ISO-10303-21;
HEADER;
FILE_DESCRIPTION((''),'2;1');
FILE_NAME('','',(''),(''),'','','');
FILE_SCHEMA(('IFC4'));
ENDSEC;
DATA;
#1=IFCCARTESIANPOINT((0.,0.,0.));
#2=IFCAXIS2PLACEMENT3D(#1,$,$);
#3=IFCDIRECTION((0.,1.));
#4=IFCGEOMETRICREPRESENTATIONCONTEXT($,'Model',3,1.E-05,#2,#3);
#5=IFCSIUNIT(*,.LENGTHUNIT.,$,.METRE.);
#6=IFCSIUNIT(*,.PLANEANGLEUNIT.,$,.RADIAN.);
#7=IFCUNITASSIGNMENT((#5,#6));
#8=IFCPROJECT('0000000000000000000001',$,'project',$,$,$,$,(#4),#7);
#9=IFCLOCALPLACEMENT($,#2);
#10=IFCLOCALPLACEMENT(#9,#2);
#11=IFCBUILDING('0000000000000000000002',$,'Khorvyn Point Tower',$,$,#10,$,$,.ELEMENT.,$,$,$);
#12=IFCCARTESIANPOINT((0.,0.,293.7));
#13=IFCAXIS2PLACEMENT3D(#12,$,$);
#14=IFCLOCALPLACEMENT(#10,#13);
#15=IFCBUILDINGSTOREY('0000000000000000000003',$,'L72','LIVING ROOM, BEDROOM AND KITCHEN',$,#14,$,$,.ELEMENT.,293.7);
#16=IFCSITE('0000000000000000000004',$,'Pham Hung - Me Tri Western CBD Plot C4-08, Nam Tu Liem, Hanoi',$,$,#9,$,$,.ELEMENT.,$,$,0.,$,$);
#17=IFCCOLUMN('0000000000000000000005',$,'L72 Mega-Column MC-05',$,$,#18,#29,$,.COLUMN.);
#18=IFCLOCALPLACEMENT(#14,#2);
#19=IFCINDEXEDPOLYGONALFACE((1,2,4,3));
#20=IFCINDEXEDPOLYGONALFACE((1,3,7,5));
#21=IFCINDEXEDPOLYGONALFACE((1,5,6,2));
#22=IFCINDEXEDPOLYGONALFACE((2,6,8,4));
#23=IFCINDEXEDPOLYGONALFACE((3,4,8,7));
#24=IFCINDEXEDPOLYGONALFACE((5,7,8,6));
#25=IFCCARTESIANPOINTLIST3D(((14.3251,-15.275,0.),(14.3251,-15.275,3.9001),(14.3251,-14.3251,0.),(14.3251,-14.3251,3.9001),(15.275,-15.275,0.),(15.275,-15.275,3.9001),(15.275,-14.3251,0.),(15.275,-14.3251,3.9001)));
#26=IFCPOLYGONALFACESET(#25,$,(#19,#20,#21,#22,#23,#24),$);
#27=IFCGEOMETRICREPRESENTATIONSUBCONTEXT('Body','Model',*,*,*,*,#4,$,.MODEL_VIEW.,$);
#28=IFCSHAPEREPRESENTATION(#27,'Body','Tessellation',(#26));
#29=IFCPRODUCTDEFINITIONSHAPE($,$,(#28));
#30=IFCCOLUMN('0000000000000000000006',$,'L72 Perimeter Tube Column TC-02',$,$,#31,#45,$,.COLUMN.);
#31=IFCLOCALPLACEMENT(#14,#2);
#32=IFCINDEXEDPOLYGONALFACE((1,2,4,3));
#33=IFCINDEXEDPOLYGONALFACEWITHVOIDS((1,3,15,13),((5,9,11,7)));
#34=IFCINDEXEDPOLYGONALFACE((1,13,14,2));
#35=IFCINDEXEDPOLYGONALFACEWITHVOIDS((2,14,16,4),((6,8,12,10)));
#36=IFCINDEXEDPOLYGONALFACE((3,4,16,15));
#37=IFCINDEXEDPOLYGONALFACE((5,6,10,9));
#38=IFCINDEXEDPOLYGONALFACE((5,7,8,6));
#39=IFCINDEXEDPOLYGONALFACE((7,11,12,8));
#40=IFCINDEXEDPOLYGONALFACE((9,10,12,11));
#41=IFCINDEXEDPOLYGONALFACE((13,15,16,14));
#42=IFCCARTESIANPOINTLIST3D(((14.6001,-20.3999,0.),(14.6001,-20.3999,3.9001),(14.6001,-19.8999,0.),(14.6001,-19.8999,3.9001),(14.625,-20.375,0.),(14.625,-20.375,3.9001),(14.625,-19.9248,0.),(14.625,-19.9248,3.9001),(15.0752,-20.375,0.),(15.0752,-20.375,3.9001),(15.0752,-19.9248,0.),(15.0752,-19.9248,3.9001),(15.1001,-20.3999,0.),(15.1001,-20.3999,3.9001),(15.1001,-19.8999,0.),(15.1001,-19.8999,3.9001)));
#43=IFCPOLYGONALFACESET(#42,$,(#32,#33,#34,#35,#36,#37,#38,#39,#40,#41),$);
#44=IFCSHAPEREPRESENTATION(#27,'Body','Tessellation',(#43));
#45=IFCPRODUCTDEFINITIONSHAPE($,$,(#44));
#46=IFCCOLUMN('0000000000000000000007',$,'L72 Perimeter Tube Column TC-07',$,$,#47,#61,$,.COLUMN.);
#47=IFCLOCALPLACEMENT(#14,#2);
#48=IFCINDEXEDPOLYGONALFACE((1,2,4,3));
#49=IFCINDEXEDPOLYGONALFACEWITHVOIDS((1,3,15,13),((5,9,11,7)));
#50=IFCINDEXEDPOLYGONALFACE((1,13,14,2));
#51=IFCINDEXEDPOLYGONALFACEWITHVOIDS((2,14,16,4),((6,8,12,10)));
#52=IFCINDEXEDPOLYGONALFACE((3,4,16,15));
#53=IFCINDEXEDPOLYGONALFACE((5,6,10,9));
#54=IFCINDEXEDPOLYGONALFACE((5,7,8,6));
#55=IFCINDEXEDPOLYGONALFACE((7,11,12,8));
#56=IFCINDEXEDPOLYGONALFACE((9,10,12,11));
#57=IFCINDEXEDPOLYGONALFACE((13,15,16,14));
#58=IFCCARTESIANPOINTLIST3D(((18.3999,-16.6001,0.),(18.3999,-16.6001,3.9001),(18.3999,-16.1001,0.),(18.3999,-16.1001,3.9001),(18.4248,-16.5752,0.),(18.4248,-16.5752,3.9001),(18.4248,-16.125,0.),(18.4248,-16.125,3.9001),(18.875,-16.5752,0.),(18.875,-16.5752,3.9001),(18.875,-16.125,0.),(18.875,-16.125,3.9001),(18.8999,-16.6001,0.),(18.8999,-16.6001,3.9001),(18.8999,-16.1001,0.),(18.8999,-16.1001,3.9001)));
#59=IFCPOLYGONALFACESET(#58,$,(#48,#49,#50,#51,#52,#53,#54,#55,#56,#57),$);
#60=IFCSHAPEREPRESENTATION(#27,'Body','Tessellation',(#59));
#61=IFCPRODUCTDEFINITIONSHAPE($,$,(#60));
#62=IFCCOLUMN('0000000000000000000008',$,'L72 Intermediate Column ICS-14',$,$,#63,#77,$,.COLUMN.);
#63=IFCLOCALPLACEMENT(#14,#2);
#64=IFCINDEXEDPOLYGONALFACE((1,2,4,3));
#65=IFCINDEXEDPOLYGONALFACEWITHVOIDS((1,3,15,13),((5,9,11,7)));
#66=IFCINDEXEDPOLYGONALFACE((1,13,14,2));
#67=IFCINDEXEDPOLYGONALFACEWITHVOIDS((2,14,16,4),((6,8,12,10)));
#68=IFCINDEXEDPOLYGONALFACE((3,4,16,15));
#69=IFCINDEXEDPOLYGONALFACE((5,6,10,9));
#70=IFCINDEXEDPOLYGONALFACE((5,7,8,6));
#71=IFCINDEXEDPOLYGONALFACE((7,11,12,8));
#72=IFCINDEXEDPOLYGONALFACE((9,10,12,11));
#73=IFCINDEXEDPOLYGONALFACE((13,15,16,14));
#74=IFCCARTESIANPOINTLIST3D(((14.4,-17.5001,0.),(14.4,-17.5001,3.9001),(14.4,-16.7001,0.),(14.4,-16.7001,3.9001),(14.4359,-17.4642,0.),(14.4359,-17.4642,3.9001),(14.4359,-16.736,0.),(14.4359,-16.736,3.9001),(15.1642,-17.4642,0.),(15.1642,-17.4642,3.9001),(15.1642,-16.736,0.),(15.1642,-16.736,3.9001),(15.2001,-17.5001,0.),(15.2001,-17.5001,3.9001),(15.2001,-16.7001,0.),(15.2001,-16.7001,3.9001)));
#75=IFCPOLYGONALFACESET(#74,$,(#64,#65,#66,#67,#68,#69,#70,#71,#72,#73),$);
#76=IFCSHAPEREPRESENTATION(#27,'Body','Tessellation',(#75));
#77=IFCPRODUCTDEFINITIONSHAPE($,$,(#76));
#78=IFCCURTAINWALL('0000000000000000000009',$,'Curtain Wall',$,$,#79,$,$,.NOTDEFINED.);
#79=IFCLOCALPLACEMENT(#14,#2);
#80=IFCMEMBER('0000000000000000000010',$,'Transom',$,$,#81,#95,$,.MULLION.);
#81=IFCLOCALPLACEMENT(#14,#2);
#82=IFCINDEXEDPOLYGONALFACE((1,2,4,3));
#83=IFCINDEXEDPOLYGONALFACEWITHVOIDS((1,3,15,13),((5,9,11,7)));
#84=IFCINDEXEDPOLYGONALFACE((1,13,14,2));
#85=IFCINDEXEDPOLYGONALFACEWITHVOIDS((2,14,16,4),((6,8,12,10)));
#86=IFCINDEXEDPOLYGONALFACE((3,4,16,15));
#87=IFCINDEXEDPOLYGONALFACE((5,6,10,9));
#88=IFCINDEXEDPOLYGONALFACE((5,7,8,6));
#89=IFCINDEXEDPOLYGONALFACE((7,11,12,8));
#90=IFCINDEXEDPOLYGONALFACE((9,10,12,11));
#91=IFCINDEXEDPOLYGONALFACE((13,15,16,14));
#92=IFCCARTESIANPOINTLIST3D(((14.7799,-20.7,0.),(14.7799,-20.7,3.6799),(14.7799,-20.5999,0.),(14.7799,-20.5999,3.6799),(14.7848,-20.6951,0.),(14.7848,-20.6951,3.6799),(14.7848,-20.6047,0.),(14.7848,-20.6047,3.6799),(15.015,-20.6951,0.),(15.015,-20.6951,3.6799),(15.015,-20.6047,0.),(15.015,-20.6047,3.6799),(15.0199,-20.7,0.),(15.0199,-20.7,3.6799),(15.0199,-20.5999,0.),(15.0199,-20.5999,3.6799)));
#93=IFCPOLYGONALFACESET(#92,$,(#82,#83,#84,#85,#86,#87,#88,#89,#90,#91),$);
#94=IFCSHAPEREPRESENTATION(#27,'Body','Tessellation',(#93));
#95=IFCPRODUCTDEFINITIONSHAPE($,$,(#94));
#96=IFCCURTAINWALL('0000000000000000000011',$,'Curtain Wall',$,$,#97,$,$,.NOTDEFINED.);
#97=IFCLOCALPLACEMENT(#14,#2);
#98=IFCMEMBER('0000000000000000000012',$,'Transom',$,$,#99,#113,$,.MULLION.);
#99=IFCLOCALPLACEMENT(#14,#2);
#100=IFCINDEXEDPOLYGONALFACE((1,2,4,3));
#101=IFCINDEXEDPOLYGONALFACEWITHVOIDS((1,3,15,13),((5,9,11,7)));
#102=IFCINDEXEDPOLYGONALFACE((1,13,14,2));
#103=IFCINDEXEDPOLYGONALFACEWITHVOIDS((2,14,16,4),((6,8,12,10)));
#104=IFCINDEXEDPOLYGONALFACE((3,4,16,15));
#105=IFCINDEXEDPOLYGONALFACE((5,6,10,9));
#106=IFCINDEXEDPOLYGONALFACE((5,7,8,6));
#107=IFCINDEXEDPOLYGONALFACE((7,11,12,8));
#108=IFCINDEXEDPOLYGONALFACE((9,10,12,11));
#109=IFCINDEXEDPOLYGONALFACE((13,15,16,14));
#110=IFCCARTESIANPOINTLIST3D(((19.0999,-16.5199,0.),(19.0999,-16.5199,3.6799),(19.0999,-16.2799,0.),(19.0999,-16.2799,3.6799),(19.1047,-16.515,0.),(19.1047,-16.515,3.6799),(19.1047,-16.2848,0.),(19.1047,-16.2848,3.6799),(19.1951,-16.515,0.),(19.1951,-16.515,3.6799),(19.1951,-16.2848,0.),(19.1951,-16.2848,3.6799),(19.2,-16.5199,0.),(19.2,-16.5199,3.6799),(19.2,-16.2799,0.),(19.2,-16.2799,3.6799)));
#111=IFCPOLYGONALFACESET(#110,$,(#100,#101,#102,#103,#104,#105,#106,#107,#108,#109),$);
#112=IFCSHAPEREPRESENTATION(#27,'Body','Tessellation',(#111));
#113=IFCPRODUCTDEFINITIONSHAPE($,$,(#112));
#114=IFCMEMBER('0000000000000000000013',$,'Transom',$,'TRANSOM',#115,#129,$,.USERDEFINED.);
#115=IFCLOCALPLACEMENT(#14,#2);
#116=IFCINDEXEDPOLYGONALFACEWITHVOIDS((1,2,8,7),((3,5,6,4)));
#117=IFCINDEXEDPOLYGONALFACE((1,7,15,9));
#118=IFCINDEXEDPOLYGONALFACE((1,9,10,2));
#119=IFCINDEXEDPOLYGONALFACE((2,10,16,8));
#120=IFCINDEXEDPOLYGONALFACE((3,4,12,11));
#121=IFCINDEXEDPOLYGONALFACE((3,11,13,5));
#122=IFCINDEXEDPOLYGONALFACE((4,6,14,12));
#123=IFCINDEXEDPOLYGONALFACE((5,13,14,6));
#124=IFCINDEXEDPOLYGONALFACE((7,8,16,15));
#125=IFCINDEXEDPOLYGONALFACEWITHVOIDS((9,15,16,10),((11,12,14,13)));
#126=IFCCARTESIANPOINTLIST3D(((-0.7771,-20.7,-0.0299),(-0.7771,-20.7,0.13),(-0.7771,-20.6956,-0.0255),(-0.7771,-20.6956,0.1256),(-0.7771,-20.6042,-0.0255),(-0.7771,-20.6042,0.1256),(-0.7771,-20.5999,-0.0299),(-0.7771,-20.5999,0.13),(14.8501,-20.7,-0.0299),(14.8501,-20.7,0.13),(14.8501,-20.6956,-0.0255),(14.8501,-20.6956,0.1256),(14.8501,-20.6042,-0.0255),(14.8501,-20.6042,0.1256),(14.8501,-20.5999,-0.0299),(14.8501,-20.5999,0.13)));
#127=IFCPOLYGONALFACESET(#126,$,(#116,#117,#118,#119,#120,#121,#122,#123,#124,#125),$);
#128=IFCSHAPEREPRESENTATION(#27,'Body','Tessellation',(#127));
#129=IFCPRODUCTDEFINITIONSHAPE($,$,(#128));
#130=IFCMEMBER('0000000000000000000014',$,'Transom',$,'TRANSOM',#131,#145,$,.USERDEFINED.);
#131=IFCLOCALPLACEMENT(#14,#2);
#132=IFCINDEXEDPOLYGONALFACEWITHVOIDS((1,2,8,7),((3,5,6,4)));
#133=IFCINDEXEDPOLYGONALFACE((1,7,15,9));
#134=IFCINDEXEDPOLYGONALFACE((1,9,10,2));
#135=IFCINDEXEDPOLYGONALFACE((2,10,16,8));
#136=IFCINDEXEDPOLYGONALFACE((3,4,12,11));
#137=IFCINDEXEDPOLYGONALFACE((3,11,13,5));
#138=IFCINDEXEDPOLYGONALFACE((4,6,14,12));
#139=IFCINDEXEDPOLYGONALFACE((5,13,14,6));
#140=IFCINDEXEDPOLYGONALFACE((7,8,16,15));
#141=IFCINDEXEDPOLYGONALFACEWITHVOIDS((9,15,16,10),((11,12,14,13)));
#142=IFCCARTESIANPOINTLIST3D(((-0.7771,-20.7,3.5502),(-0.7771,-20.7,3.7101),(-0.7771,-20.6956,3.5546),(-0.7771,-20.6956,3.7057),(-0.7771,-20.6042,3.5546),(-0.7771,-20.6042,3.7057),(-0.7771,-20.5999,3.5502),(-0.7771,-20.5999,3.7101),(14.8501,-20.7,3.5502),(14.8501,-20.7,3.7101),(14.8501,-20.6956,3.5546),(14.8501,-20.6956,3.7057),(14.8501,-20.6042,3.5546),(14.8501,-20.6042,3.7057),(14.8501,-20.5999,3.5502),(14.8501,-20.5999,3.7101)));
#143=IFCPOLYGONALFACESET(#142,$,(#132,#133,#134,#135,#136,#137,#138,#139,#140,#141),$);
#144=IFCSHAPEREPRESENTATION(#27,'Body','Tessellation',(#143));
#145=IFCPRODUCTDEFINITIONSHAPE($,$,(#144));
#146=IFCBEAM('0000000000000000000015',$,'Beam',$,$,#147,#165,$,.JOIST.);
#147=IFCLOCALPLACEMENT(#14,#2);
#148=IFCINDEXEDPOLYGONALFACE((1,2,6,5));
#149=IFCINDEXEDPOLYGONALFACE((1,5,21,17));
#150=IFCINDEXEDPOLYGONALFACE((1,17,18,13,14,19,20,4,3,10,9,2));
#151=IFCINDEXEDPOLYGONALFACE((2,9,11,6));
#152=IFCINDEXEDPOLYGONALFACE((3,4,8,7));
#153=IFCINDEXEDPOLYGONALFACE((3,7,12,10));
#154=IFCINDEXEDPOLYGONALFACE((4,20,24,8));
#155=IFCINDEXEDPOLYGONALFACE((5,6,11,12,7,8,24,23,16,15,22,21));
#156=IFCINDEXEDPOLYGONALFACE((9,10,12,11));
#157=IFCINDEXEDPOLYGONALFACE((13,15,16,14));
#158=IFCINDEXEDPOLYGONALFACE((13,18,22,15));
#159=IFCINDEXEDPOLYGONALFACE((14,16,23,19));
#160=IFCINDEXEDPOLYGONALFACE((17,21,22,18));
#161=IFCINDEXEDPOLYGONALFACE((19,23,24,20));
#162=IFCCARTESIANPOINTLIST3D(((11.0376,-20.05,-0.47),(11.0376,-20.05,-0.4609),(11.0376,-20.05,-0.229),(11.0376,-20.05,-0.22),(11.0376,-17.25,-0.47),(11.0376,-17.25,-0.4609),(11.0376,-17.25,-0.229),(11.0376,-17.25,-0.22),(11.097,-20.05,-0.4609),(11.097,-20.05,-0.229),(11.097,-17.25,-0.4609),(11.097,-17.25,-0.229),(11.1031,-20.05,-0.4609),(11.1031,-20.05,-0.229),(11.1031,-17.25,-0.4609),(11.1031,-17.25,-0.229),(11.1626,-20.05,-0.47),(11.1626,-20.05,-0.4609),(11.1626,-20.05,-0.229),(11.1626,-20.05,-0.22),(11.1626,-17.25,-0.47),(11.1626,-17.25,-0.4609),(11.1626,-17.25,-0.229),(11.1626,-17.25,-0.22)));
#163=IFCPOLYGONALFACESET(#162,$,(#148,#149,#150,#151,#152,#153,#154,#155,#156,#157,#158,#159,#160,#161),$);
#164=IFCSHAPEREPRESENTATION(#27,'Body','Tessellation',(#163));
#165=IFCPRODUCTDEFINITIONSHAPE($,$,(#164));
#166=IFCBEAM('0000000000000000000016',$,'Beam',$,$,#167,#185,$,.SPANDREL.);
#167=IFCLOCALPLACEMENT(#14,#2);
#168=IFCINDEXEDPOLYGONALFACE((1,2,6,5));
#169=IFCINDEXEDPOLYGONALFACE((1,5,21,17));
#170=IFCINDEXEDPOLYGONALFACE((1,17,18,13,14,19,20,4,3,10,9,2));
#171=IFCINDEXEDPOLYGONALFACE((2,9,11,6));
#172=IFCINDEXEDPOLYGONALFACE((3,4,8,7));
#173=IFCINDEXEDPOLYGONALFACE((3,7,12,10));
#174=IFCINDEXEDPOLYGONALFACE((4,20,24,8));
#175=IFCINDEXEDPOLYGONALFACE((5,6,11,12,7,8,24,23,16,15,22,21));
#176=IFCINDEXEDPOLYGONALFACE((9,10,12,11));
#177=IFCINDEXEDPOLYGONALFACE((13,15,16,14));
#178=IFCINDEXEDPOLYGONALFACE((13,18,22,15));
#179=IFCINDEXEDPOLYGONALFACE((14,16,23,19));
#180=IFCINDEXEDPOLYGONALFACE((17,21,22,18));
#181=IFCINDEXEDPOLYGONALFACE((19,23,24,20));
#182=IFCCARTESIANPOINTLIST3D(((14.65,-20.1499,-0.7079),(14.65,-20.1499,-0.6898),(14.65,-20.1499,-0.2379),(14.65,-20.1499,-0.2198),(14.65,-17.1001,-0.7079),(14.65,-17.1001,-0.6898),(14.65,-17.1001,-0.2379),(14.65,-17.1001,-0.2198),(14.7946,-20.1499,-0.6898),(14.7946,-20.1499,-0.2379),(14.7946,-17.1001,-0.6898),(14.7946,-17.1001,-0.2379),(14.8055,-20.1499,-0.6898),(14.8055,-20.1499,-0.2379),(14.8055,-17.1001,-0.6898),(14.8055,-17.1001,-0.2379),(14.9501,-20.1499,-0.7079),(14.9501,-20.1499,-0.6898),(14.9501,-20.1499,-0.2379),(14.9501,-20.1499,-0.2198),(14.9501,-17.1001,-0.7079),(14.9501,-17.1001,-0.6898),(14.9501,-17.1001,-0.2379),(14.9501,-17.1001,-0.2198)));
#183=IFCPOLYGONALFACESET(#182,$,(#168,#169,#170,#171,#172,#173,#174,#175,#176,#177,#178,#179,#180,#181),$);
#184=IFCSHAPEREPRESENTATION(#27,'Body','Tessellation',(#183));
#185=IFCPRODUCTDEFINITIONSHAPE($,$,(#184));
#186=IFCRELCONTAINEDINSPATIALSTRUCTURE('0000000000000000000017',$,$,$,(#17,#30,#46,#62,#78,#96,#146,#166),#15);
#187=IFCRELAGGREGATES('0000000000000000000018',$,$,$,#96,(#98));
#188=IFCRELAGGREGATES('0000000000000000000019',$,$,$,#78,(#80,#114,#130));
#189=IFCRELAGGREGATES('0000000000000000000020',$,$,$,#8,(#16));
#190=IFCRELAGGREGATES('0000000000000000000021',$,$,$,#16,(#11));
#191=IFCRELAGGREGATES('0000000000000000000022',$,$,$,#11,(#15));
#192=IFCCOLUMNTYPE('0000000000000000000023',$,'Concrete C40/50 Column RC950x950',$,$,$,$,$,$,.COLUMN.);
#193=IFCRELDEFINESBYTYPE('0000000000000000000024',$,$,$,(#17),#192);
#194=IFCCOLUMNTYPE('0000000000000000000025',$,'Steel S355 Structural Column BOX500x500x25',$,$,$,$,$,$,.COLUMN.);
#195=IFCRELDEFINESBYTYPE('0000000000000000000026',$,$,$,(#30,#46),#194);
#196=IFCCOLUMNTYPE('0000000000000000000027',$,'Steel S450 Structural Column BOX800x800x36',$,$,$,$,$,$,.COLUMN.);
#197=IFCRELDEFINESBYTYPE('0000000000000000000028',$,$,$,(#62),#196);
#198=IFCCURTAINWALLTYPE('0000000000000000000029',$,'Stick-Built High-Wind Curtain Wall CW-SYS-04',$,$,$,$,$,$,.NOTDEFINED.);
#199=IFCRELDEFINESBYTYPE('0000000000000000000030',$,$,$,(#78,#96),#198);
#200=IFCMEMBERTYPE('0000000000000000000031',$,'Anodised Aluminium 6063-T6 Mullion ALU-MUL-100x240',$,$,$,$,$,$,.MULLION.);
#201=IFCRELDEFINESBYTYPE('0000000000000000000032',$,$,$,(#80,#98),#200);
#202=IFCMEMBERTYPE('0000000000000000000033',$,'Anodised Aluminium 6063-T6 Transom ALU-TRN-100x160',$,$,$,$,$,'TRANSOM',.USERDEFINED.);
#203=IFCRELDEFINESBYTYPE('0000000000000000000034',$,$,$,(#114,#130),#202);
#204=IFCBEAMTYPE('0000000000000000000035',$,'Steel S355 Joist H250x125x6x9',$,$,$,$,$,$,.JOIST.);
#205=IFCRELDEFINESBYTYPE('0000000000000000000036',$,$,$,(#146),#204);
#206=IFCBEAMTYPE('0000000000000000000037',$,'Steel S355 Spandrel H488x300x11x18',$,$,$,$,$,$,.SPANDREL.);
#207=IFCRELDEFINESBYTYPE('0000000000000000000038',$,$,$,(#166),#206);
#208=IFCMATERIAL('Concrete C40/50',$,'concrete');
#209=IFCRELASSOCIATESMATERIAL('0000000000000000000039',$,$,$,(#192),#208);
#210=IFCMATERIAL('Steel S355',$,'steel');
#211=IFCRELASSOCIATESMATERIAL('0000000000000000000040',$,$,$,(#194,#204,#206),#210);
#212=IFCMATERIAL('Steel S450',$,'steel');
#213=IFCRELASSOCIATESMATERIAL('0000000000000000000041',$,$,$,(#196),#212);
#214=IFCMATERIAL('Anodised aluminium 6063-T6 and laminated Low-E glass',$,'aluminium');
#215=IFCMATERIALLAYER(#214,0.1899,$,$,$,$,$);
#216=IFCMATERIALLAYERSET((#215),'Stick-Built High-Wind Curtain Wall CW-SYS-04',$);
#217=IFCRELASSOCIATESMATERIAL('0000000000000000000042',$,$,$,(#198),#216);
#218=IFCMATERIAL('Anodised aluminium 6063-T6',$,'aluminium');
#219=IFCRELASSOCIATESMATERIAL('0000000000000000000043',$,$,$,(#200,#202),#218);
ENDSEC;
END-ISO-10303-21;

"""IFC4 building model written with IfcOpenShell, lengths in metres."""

from ifc_helpers import new_model, si_unit, direction, frame, origin, origin_2d, place, context, subcontext, project, spatial, rectangle, hollow_rectangle, i_section, extrude, material, layer, layer_set, material_profile, profile_set, type_object, element, aggregate, save


model = new_model("IFC4")

# Units and contexts
model_context = context("Model", 3, precision=1e-05, world=origin(), true_north=direction((0.0, 1.0)))
body_context = subcontext(model_context, "Body", "Model", "MODEL_VIEW")
ifc_project = project(units=[si_unit("LENGTHUNIT", "METRE"), si_unit("PLANEANGLEUNIT", "RADIAN")], contexts=[model_context])

# Site, building, storey
site_placement = place(None, origin())
site = spatial("IfcSite", under=ifc_project, at=site_placement, Name="Pham Hung - Me Tri Western CBD Plot C4-08, Nam Tu Liem, Hanoi", CompositionType="ELEMENT", RefElevation=0.0)
building_placement = place(site_placement, origin())
building = spatial("IfcBuilding", under=site, at=building_placement, Name="Khorvyn Point Tower", CompositionType="ELEMENT")
storey_placement = place(building_placement, frame((0.0, 0.0, 293.7)))
storey = spatial("IfcBuildingStorey", under=building, at=storey_placement, Name="L72", Description="LIVING ROOM, BEDROOM AND KITCHEN", CompositionType="ELEMENT", Elevation=293.7)

# Columns
ifc_material_1 = material(Name="Concrete C40/50", Category="concrete")
ifc_material_profile_1 = material_profile(ifc_material_1, rectangle(XDim=0.95, YDim=0.95, at=origin_2d()))
ifc_profile_set_1 = profile_set([ifc_material_profile_1], Name="Concrete C40/50 RC950x950")
column_type_1 = type_object("IfcColumnType", Name="Concrete C40/50 Column RC950x950", PredefinedType="COLUMN", material=ifc_profile_set_1)
column_1_placement = place(storey_placement, frame((14.8, -14.8, 0.0), z_axis=(0.0, 0.0, 1.0), x_axis=(1.0, 0.0, 0.0)))
element("IfcColumn", 1, at=column_1_placement, inside=storey, type_object=column_type_1, Name="L72 Mega-Column MC-05", PredefinedType="COLUMN", context=body_context, shape_type="SweptSolid", body=[
    extrude(rectangle(XDim=0.95, YDim=0.95, at=origin_2d()), origin(), (0.0, 0.0, 1.0), 3.9001),
])
ifc_material_2 = material(Name="Steel S355", Category="steel")
ifc_material_profile_2 = material_profile(ifc_material_2, hollow_rectangle(XDim=0.5, YDim=0.5, WallThickness=0.0249, at=origin_2d()))
ifc_profile_set_2 = profile_set([ifc_material_profile_2], Name="Steel S355 BOX500x500x25")
column_type_2 = type_object("IfcColumnType", Name="Steel S355 Structural Column BOX500x500x25", PredefinedType="COLUMN", material=ifc_profile_set_2)
for number, where, z_axis, x_axis, name in (
    (2, (14.8501, -20.1499, 0.0), (0.0, 0.0, 1.0), (1.0, 0.0, 0.0), "L72 Perimeter Tube Column TC-02"),
    (3, (18.6499, -16.3501, 0.0), (0.0, 0.0, 1.0), (1.0, 0.0, 0.0), "L72 Perimeter Tube Column TC-07"),
):
    element("IfcColumn", number, at=place(storey_placement, frame(where, z_axis=z_axis, x_axis=x_axis)), inside=storey, type_object=column_type_2, Name=name, PredefinedType="COLUMN", context=body_context, shape_type="SweptSolid", body=[
        extrude(hollow_rectangle(XDim=0.5, YDim=0.5, WallThickness=0.0249, at=origin_2d()), origin(), (0.0, 0.0, 1.0), 3.9001),
    ])
ifc_material_3 = material(Name="Steel S450", Category="steel")
ifc_material_profile_3 = material_profile(ifc_material_3, hollow_rectangle(XDim=0.8, YDim=0.8, WallThickness=0.0359, at=origin_2d()))
ifc_profile_set_3 = profile_set([ifc_material_profile_3], Name="Steel S450 BOX800x800x36")
column_type_3 = type_object("IfcColumnType", Name="Steel S450 Structural Column BOX800x800x36", PredefinedType="COLUMN", material=ifc_profile_set_3)
column_2_placement = place(storey_placement, frame((14.8, -17.1001, 0.0), z_axis=(0.0, 0.0, 1.0), x_axis=(1.0, 0.0, 0.0)))
element("IfcColumn", 4, at=column_2_placement, inside=storey, type_object=column_type_3, Name="L72 Intermediate Column ICS-14", PredefinedType="COLUMN", context=body_context, shape_type="SweptSolid", body=[
    extrude(hollow_rectangle(XDim=0.8, YDim=0.8, WallThickness=0.0359, at=origin_2d()), origin(), (0.0, 0.0, 1.0), 3.9001),
])

# Curtain walls, members
ifc_material_4 = material(Name="Anodised aluminium 6063-T6 and laminated Low-E glass", Category="aluminium")
ifc_layer_1 = layer(ifc_material_4, 0.1899)
ifc_layer_set_1 = layer_set([ifc_layer_1], Name="Stick-Built High-Wind Curtain Wall CW-SYS-04")
curtain_wall_type = type_object("IfcCurtainWallType", Name="Stick-Built High-Wind Curtain Wall CW-SYS-04", PredefinedType="NOTDEFINED", material=ifc_layer_set_1)
curtain_wall_1_placement = place(storey_placement, origin())
curtain_wall_1 = element("IfcCurtainWall", 5, at=curtain_wall_1_placement, inside=storey, type_object=curtain_wall_type, Name="Curtain Wall", PredefinedType="NOTDEFINED")
ifc_material_5 = material(Name="Anodised aluminium 6063-T6", Category="aluminium")
ifc_material_profile_4 = material_profile(ifc_material_5, hollow_rectangle(XDim=0.1001, YDim=0.24, WallThickness=0.0049, at=origin_2d()))
ifc_profile_set_4 = profile_set([ifc_material_profile_4], Name="Anodised aluminium 6063-T6 ALU-MUL-100x240")
member_type_1 = type_object("IfcMemberType", Name="Anodised Aluminium 6063-T6 Mullion ALU-MUL-100x240", PredefinedType="MULLION", material=ifc_profile_set_4)
member_1_placement = place(storey_placement, frame((14.8999, -20.6499, 0.0), z_axis=(0.0, 0.0, 1.0), x_axis=(0.0, -1.0, 0.0)))
member_1 = element("IfcMember", 6, at=member_1_placement, type_object=member_type_1, Name="Transom", PredefinedType="MULLION", context=body_context, shape_type="SweptSolid", body=[
    extrude(hollow_rectangle(XDim=0.1001, YDim=0.24, WallThickness=0.0049, at=origin_2d()), origin(), (0.0, 0.0, 1.0), 3.6799),
])
curtain_wall_2_placement = place(storey_placement, origin())
curtain_wall_2 = element("IfcCurtainWall", 7, at=curtain_wall_2_placement, inside=storey, type_object=curtain_wall_type, Name="Curtain Wall", PredefinedType="NOTDEFINED")
member_2_placement = place(storey_placement, frame((19.1499, -16.3999, 0.0), z_axis=(0.0, 0.0, 1.0), x_axis=(1.0, 0.0, 0.0)))
member_2 = element("IfcMember", 8, at=member_2_placement, type_object=member_type_1, Name="Transom", PredefinedType="MULLION", context=body_context, shape_type="SweptSolid", body=[
    extrude(hollow_rectangle(XDim=0.1001, YDim=0.24, WallThickness=0.0049, at=origin_2d()), origin(), (0.0, 0.0, 1.0), 3.6799),
])
aggregate(curtain_wall_2, [member_2])

# Members
ifc_material_profile_5 = material_profile(ifc_material_5, hollow_rectangle(XDim=0.1001, YDim=0.1599, WallThickness=0.0044, at=origin_2d()))
ifc_profile_set_5 = profile_set([ifc_material_profile_5], Name="Anodised aluminium 6063-T6 ALU-TRN-100x160")
member_type_2 = type_object("IfcMemberType", Name="Anodised Aluminium 6063-T6 Transom ALU-TRN-100x160", ElementType="TRANSOM", PredefinedType="USERDEFINED", material=ifc_profile_set_5)
member_3_placement = place(storey_placement, frame((14.8501, -20.6499, 0.05), z_axis=(-1.0, 0.0, 0.0), x_axis=(0.0, -1.0, 0.0)))
member_3 = element("IfcMember", 9, at=member_3_placement, type_object=member_type_2, Name="Transom", ObjectType="TRANSOM", PredefinedType="USERDEFINED", context=body_context, shape_type="SweptSolid", body=[
    extrude(hollow_rectangle(XDim=0.1001, YDim=0.1599, WallThickness=0.0044, at=origin_2d()), origin(), (0.0, 0.0, 1.0), 15.6272),
])
member_4_placement = place(storey_placement, frame((14.8501, -20.6499, 3.6301), z_axis=(-1.0, 0.0, 0.0), x_axis=(0.0, -1.0, 0.0)))
member_4 = element("IfcMember", 10, at=member_4_placement, type_object=member_type_2, Name="Transom", ObjectType="TRANSOM", PredefinedType="USERDEFINED", context=body_context, shape_type="SweptSolid", body=[
    extrude(hollow_rectangle(XDim=0.1001, YDim=0.1599, WallThickness=0.0044, at=origin_2d()), origin(), (0.0, 0.0, 1.0), 15.6272),
])

# Beams
ifc_material_profile_6 = material_profile(ifc_material_2, i_section(OverallWidth=0.125, OverallDepth=0.25, WebThickness=0.0061, FlangeThickness=0.009, at=origin_2d()))
ifc_profile_set_6 = profile_set([ifc_material_profile_6], Name="Steel S355 H250x125x6x9")
beam_type_1 = type_object("IfcBeamType", Name="Steel S355 Joist H250x125x6x9", PredefinedType="JOIST", material=ifc_profile_set_6)
beam_1_placement = place(storey_placement, frame((11.1001, -20.05, -0.345), z_axis=(0.0, 1.0, 0.0), x_axis=(-1.0, 0.0, 0.0)))
element("IfcBeam", 11, at=beam_1_placement, inside=storey, type_object=beam_type_1, Name="Beam", PredefinedType="JOIST", context=body_context, shape_type="SweptSolid", body=[
    extrude(i_section(OverallWidth=0.125, OverallDepth=0.25, WebThickness=0.0061, FlangeThickness=0.009, at=origin_2d()), origin(), (0.0, 0.0, 1.0), 2.8),
])
ifc_material_profile_7 = material_profile(ifc_material_2, i_section(OverallWidth=0.3, OverallDepth=0.488, WebThickness=0.011, FlangeThickness=0.0181, at=origin_2d()))
ifc_profile_set_7 = profile_set([ifc_material_profile_7], Name="Steel S355 H488x300x11x18")
beam_type_2 = type_object("IfcBeamType", Name="Steel S355 Spandrel H488x300x11x18", PredefinedType="SPANDREL", material=ifc_profile_set_7)
beam_2_placement = place(storey_placement, frame((14.8, -20.1499, -0.4639), z_axis=(0.0, 1.0, 0.0), x_axis=(-1.0, 0.0, 0.0)))
element("IfcBeam", 12, at=beam_2_placement, inside=storey, type_object=beam_type_2, Name="Beam", PredefinedType="SPANDREL", context=body_context, shape_type="SweptSolid", body=[
    extrude(i_section(OverallWidth=0.3, OverallDepth=0.488, WebThickness=0.011, FlangeThickness=0.0181, at=origin_2d()), origin(), (0.0, 0.0, 1.0), 3.0498),
])

aggregate(curtain_wall_1, [member_1, member_3, member_4])

save(model, "model.ifc")
